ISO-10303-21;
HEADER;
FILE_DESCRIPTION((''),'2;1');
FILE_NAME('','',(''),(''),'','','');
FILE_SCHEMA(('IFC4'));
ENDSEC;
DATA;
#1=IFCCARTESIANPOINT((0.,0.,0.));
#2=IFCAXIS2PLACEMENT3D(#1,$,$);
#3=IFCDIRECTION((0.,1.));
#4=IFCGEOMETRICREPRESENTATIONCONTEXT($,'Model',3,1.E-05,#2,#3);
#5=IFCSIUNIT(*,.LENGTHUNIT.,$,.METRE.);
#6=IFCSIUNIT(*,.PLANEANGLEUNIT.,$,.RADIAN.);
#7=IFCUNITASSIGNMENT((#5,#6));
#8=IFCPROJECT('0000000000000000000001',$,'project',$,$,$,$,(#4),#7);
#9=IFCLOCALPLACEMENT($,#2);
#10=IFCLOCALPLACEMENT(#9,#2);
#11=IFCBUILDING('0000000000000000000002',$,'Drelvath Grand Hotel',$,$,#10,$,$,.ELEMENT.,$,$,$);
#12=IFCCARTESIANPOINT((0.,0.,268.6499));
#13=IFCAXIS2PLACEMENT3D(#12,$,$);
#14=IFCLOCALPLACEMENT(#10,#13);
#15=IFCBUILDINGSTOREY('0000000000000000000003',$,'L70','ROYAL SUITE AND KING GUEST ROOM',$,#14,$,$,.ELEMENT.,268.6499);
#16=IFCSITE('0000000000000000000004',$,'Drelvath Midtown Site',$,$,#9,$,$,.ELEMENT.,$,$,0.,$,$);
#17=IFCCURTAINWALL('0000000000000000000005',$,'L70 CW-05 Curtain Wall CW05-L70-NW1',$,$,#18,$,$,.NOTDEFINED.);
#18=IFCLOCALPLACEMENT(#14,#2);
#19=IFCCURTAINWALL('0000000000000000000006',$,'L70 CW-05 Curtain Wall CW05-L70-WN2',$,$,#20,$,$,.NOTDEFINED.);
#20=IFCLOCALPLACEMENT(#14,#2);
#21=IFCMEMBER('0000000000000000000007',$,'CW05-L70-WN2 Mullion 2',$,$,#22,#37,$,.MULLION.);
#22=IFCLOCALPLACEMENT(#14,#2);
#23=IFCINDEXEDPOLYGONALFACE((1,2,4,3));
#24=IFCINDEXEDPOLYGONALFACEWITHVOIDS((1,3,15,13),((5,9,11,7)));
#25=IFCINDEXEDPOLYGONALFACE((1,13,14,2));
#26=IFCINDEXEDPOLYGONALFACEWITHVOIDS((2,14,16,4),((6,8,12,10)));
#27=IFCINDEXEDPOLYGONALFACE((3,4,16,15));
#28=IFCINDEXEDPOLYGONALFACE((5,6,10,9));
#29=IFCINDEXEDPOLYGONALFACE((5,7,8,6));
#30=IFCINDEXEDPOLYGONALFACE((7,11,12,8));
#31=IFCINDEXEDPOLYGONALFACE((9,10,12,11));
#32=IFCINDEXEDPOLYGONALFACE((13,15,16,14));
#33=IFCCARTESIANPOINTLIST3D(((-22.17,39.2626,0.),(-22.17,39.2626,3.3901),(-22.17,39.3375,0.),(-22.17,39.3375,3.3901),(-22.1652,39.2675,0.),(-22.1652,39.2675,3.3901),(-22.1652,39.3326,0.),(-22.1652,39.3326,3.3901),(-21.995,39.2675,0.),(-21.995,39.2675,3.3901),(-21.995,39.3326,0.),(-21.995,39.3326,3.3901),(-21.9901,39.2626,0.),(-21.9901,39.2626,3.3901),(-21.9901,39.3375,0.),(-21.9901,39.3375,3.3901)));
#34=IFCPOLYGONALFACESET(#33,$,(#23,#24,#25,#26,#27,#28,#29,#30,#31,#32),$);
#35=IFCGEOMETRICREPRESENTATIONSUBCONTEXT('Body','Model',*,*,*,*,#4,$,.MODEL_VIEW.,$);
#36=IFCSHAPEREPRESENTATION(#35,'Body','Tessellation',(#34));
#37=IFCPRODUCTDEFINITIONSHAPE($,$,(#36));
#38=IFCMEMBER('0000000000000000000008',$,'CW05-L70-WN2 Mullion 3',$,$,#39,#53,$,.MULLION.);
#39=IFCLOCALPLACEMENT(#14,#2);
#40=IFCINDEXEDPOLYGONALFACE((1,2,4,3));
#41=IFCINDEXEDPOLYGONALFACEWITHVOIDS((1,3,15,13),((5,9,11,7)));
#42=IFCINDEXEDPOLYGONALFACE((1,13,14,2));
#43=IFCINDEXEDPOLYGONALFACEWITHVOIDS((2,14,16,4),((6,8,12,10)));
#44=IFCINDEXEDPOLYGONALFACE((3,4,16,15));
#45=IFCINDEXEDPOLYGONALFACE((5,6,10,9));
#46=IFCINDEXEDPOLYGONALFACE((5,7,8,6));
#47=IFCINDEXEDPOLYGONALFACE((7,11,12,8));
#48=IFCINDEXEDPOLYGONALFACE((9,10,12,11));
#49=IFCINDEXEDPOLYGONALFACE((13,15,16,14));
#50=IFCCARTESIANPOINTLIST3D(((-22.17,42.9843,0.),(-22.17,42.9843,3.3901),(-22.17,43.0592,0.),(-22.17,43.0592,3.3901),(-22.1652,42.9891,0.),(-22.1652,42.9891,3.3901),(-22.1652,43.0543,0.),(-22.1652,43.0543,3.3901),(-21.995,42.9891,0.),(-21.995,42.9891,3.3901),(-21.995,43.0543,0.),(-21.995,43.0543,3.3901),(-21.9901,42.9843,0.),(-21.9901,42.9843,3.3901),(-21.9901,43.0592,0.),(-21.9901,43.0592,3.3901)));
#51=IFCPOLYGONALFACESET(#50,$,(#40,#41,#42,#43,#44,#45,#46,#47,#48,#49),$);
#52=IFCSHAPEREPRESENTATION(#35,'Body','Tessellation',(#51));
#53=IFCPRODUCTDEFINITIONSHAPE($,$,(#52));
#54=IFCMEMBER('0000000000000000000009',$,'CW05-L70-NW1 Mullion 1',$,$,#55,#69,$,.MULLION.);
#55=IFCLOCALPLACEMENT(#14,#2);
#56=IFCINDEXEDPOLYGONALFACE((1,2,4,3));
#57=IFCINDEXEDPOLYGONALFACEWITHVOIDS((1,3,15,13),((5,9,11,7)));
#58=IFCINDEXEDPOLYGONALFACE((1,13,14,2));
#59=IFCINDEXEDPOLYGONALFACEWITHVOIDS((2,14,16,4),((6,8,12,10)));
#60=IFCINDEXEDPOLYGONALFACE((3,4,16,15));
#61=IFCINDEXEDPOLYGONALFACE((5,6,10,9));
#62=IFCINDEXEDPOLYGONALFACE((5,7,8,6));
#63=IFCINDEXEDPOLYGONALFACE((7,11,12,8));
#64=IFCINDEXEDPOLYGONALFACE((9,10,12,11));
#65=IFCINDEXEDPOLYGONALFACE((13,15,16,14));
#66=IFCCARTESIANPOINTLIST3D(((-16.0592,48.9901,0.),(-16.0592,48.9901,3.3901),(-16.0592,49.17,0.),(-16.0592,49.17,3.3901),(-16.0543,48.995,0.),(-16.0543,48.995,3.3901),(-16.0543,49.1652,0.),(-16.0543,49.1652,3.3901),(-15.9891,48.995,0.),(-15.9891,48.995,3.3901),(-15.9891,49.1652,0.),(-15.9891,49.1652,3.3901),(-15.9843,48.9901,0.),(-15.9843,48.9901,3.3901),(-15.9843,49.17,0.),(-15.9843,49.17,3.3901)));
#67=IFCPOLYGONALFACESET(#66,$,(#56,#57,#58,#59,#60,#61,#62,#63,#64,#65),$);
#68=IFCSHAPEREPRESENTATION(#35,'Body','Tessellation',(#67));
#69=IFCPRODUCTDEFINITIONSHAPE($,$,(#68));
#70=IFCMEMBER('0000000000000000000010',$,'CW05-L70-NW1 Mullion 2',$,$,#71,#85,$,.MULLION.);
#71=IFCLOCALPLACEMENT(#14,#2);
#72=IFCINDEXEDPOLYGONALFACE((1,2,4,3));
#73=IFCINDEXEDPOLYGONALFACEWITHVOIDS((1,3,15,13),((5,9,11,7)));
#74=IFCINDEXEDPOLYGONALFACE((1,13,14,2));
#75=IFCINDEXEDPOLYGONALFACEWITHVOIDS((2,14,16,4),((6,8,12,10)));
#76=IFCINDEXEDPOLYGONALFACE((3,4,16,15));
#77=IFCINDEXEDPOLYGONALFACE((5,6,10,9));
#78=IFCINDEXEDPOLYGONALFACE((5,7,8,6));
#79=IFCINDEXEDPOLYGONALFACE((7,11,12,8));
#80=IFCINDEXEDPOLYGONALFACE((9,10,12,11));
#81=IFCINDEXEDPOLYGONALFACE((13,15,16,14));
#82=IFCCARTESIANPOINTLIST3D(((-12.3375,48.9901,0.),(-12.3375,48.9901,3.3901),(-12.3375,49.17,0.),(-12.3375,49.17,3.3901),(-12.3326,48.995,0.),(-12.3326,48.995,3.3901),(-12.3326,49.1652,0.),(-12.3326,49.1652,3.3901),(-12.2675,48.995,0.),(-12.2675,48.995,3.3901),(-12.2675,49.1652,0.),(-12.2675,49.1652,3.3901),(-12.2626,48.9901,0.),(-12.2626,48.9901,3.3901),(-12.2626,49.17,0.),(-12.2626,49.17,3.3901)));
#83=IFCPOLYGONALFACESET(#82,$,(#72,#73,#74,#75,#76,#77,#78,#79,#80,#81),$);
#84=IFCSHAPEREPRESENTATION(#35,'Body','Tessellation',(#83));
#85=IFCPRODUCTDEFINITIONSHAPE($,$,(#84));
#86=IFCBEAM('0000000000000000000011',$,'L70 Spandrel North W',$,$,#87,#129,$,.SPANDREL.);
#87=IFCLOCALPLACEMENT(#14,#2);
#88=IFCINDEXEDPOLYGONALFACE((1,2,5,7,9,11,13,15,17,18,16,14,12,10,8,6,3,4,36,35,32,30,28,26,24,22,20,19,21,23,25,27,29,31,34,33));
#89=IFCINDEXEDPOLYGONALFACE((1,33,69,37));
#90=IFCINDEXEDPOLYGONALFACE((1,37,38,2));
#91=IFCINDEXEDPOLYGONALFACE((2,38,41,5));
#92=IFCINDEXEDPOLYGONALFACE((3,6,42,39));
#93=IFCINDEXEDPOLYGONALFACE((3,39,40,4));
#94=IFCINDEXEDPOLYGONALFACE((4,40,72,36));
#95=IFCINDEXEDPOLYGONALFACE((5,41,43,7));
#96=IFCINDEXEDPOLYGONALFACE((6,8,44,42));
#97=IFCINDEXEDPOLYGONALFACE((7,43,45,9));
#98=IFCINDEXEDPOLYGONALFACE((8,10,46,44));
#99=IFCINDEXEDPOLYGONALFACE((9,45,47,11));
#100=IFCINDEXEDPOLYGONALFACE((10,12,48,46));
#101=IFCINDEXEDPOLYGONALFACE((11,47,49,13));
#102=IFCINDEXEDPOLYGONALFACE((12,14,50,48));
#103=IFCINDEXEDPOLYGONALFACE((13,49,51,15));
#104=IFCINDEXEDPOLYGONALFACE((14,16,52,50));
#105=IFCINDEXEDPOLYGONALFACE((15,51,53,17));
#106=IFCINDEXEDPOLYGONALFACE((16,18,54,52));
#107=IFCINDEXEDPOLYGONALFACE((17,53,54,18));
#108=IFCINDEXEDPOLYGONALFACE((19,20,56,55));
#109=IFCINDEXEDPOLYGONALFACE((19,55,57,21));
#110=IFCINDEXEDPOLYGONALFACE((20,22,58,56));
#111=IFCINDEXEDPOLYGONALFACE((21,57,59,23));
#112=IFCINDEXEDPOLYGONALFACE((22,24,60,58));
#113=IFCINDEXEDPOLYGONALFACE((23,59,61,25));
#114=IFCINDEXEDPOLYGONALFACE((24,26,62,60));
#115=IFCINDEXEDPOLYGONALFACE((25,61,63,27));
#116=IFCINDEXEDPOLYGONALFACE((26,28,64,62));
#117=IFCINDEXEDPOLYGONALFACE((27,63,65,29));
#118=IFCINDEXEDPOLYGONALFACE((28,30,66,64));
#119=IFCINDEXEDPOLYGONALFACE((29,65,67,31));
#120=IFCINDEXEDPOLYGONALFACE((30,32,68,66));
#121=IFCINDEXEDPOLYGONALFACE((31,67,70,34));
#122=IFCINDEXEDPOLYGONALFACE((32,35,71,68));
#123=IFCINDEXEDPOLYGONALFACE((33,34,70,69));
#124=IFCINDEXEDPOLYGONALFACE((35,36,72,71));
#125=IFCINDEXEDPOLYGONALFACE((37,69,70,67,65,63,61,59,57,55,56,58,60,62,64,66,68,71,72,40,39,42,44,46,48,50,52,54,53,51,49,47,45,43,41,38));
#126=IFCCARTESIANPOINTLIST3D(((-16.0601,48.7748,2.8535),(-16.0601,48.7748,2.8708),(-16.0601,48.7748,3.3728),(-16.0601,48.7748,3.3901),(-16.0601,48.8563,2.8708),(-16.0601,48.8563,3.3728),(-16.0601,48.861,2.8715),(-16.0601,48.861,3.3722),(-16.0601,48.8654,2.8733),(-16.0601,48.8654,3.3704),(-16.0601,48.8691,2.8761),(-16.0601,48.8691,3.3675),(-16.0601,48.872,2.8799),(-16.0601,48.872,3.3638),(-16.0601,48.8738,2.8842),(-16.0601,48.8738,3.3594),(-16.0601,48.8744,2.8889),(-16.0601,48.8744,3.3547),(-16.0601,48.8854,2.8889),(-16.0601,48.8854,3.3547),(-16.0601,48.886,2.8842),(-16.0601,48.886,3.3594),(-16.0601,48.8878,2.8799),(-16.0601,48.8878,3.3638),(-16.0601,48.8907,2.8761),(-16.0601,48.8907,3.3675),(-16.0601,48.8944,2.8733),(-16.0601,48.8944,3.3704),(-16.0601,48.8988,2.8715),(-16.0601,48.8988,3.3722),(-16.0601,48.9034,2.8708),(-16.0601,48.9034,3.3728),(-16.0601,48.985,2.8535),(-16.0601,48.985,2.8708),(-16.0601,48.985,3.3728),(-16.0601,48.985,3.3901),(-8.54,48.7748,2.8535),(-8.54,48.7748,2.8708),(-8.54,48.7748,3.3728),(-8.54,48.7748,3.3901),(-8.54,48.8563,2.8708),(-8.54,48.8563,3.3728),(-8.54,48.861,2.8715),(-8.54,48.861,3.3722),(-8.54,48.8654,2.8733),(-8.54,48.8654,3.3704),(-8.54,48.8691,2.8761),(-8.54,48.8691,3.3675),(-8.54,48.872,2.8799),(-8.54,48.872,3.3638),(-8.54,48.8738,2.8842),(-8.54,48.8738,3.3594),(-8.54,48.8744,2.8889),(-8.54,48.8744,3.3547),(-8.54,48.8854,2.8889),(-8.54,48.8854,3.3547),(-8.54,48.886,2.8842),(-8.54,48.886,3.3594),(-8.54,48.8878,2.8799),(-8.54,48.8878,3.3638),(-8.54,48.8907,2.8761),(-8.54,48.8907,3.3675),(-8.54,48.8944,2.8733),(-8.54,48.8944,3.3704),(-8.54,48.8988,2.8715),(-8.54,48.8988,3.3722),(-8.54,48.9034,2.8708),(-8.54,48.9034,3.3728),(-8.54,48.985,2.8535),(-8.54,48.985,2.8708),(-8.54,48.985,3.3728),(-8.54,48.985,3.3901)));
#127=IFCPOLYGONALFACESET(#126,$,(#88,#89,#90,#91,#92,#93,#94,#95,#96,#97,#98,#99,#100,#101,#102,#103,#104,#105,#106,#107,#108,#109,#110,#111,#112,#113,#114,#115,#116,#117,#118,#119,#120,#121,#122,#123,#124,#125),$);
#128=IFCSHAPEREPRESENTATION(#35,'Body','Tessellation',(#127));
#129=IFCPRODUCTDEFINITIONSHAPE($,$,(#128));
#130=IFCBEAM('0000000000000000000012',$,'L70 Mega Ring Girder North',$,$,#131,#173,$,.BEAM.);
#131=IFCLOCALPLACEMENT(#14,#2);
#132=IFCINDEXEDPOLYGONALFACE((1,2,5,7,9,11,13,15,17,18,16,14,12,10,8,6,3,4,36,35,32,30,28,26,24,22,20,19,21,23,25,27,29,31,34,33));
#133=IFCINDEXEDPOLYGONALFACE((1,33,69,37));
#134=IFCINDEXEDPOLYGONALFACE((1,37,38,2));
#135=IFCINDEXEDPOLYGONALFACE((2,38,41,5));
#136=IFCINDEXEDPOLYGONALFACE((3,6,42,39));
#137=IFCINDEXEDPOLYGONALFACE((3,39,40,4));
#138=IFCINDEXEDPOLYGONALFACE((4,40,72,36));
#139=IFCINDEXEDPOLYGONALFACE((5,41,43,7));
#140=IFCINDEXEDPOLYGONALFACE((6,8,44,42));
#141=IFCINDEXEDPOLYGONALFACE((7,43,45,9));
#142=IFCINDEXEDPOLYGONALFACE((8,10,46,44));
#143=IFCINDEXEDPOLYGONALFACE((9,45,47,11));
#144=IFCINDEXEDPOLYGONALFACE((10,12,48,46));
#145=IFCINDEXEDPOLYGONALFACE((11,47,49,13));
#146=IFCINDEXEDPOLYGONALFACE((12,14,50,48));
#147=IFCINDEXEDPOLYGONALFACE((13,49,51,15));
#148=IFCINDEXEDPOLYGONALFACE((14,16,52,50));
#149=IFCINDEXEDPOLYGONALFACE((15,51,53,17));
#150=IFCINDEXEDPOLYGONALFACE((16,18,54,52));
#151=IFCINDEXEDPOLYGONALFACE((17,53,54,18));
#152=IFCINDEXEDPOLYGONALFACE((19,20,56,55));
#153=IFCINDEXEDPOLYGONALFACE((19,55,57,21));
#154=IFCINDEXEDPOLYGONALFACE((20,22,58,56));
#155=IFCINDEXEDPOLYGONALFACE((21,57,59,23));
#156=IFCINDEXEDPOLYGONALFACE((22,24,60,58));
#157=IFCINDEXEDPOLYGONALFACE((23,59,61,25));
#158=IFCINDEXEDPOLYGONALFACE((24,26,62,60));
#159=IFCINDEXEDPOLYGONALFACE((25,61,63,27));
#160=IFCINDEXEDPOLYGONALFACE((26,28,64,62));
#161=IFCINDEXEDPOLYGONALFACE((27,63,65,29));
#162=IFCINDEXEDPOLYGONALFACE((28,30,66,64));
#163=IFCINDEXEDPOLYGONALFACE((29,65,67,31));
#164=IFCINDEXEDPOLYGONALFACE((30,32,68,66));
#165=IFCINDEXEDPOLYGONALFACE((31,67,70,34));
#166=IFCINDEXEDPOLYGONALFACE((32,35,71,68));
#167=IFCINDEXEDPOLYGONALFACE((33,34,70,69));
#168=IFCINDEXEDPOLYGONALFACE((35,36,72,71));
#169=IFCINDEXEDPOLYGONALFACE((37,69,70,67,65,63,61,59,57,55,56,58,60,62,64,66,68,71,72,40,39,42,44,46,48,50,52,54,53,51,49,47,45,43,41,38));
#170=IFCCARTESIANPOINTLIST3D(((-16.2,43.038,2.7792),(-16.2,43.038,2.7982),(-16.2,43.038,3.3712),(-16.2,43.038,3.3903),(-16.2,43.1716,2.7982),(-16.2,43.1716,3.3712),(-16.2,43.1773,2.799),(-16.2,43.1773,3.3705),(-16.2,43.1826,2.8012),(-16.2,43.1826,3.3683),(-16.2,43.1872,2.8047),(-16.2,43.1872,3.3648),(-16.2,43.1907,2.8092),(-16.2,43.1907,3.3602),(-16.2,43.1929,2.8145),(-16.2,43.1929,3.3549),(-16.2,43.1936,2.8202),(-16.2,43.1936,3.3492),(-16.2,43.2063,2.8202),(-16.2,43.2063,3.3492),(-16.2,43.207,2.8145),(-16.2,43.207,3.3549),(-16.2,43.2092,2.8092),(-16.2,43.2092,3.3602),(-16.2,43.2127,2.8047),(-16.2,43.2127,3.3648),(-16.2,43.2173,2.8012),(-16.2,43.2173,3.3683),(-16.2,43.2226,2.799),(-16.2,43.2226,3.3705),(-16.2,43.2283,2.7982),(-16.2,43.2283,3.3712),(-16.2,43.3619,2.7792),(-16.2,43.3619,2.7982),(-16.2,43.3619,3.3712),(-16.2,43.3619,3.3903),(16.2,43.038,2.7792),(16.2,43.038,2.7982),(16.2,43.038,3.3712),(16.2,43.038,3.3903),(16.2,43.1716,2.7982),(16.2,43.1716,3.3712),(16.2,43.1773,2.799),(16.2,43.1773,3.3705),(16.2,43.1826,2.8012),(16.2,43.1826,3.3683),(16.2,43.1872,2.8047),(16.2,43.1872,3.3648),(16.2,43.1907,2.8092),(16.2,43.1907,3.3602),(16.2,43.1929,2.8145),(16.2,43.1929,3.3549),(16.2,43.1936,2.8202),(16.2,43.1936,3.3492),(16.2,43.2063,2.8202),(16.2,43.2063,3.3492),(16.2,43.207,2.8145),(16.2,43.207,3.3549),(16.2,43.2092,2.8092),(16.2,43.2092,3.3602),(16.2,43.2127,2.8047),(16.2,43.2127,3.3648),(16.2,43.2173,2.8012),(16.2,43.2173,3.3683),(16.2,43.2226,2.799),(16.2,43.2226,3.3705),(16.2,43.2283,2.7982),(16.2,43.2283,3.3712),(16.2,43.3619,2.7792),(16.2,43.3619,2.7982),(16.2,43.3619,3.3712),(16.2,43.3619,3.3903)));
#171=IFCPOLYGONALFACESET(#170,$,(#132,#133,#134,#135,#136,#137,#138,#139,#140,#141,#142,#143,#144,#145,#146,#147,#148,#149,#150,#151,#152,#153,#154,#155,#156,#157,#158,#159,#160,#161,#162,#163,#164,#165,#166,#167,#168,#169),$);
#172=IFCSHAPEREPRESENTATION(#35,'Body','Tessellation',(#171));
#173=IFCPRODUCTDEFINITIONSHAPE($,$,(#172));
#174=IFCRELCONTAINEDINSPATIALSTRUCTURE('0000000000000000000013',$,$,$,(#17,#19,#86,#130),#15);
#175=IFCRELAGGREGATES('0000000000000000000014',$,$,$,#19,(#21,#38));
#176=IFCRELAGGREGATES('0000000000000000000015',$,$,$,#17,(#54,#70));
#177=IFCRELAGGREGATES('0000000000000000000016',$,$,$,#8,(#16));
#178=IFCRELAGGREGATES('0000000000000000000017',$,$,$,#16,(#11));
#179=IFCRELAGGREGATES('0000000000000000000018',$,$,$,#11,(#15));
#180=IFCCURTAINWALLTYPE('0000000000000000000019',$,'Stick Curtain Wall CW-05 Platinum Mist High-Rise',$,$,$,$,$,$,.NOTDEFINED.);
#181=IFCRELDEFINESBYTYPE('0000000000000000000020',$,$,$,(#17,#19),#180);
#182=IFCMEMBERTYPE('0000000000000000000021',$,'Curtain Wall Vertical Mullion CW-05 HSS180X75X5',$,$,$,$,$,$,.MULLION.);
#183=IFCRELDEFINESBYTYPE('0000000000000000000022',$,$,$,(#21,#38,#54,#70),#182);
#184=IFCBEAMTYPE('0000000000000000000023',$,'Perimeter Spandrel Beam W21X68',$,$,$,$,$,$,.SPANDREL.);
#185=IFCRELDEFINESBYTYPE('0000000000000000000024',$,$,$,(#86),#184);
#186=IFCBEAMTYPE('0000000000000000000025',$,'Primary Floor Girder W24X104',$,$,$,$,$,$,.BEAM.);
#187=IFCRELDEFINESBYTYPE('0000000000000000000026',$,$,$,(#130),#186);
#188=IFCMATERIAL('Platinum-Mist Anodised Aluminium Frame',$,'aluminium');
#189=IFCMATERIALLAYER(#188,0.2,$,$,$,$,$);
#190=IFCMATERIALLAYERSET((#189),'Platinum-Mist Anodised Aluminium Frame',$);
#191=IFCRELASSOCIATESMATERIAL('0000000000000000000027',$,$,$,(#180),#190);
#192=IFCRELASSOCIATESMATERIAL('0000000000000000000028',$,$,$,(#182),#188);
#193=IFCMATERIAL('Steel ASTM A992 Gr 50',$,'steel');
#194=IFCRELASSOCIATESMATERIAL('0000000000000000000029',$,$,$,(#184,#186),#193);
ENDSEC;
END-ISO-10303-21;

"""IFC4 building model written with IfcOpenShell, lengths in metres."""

from ifc_helpers import new_model, si_unit, direction, frame, origin, origin_2d, place, context, subcontext, project, spatial, hollow_rectangle, i_section, extrude, material, layer, layer_set, material_profile, profile_set, type_object, element, aggregate, save


model = new_model("IFC4")

# Units and contexts
model_context = context("Model", 3, precision=1e-05, world=origin(), true_north=direction((0.0, 1.0)))
body_context = subcontext(model_context, "Body", "Model", "MODEL_VIEW")
ifc_project = project(units=[si_unit("LENGTHUNIT", "METRE"), si_unit("PLANEANGLEUNIT", "RADIAN")], contexts=[model_context])

# Site, building, storey
site_placement = place(None, origin())
site = spatial("IfcSite", under=ifc_project, at=site_placement, Name="Drelvath Midtown Site", CompositionType="ELEMENT", RefElevation=0.0)
building_placement = place(site_placement, origin())
building = spatial("IfcBuilding", under=site, at=building_placement, Name="Drelvath Grand Hotel", CompositionType="ELEMENT")
storey_placement = place(building_placement, frame((0.0, 0.0, 268.6499)))
storey = spatial("IfcBuildingStorey", under=building, at=storey_placement, Name="L70", Description="ROYAL SUITE AND KING GUEST ROOM", CompositionType="ELEMENT", Elevation=268.6499)

# Shared definitions
ifc_material_1 = material(Name="Steel ASTM A992 Gr 50", Category="steel")

# Curtain wall
ifc_material_2 = material(Name="Platinum-Mist Anodised Aluminium Frame", Category="aluminium")
ifc_layer_1 = layer(ifc_material_2, 0.2)
ifc_layer_set_1 = layer_set([ifc_layer_1], Name="Platinum-Mist Anodised Aluminium Frame")
curtain_wall_type = type_object("IfcCurtainWallType", Name="Stick Curtain Wall CW-05 Platinum Mist High-Rise", PredefinedType="NOTDEFINED", material=ifc_layer_set_1)
curtain_wall_1_placement = place(storey_placement, origin())
curtain_wall_1 = element("IfcCurtainWall", 1, at=curtain_wall_1_placement, inside=storey, type_object=curtain_wall_type, Name="L70 CW-05 Curtain Wall CW05-L70-NW1", PredefinedType="NOTDEFINED")

# Curtain wall, members
curtain_wall_2_placement = place(storey_placement, origin())
curtain_wall_2 = element("IfcCurtainWall", 2, at=curtain_wall_2_placement, inside=storey, type_object=curtain_wall_type, Name="L70 CW-05 Curtain Wall CW05-L70-WN2", PredefinedType="NOTDEFINED")
ifc_material_profile_1 = material_profile(ifc_material_2, hollow_rectangle(XDim=0.075, YDim=0.1799, WallThickness=0.0049, at=origin_2d()), Name="HSS180X75X5")
ifc_profile_set_1 = profile_set([ifc_material_profile_1], Name="Platinum-Mist Anodised Aluminium Frame")
member_type_1 = type_object("IfcMemberType", Name="Curtain Wall Vertical Mullion CW-05 HSS180X75X5", PredefinedType="MULLION", material=ifc_profile_set_1)
member_1_placement = place(storey_placement, frame((-22.0801, 39.3, 0.0), z_axis=(0.0, 0.0, 1.0), x_axis=(0.0, 1.0, 0.0)))
member_1 = element("IfcMember", 3, at=member_1_placement, type_object=member_type_1, Name="CW05-L70-WN2 Mullion 2", PredefinedType="MULLION", context=body_context, shape_type="SweptSolid", body=[
    extrude(hollow_rectangle(XDim=0.075, YDim=0.1799, WallThickness=0.0049, at=origin_2d()), origin(), (0.0, 0.0, 1.0), 3.3901),
])
member_2_placement = place(storey_placement, frame((-22.0801, 43.0217, 0.0), z_axis=(0.0, 0.0, 1.0), x_axis=(0.0, 1.0, 0.0)))
member_2 = element("IfcMember", 4, at=member_2_placement, type_object=member_type_1, Name="CW05-L70-WN2 Mullion 3", PredefinedType="MULLION", context=body_context, shape_type="SweptSolid", body=[
    extrude(hollow_rectangle(XDim=0.075, YDim=0.1799, WallThickness=0.0049, at=origin_2d()), origin(), (0.0, 0.0, 1.0), 3.3901),
])

# Members
member_3_placement = place(storey_placement, frame((-16.0217, 49.0801, 0.0), z_axis=(0.0, 0.0, 1.0), x_axis=(1.0, 0.0, 0.0)))
member_3 = element("IfcMember", 5, at=member_3_placement, type_object=member_type_1, Name="CW05-L70-NW1 Mullion 1", PredefinedType="MULLION", context=body_context, shape_type="SweptSolid", body=[
    extrude(hollow_rectangle(XDim=0.075, YDim=0.1799, WallThickness=0.0049, at=origin_2d()), origin(), (0.0, 0.0, 1.0), 3.3901),
])
member_4_placement = place(storey_placement, frame((-12.3, 49.0801, 0.0), z_axis=(0.0, 0.0, 1.0), x_axis=(1.0, 0.0, 0.0)))
member_4 = element("IfcMember", 6, at=member_4_placement, type_object=member_type_1, Name="CW05-L70-NW1 Mullion 2", PredefinedType="MULLION", context=body_context, shape_type="SweptSolid", body=[
    extrude(hollow_rectangle(XDim=0.075, YDim=0.1799, WallThickness=0.0049, at=origin_2d()), origin(), (0.0, 0.0, 1.0), 3.3901),
])

# Beams
ifc_material_profile_2 = material_profile(ifc_material_1, i_section(OverallWidth=0.2102, OverallDepth=0.5366, WebThickness=0.011, FlangeThickness=0.0173, FilletRadius=0.0181, at=origin_2d()), Name="W21X68")
ifc_profile_set_2 = profile_set([ifc_material_profile_2], Name="Steel ASTM A992 Gr 50")
beam_type_1 = type_object("IfcBeamType", Name="Perimeter Spandrel Beam W21X68", PredefinedType="SPANDREL", material=ifc_profile_set_2)
beam_1_placement = place(storey_placement, frame((-16.0601, 48.8799, 3.1218), z_axis=(1.0, 0.0, 0.0), x_axis=(0.0, 1.0, 0.0)))
element("IfcBeam", 7, at=beam_1_placement, inside=storey, type_object=beam_type_1, Name="L70 Spandrel North W", PredefinedType="SPANDREL", context=body_context, shape_type="SweptSolid", body=[
    extrude(i_section(OverallWidth=0.2102, OverallDepth=0.5366, WebThickness=0.011, FlangeThickness=0.0173, FilletRadius=0.0181, at=origin_2d()), origin(), (0.0, 0.0, 1.0), 7.52),
])
ifc_material_profile_3 = material_profile(ifc_material_1, i_section(OverallWidth=0.324, OverallDepth=0.6111, WebThickness=0.0127, FlangeThickness=0.019, FilletRadius=0.022, at=origin_2d()), Name="W24X104")
ifc_profile_set_3 = profile_set([ifc_material_profile_3], Name="Steel ASTM A992 Gr 50")
beam_type_2 = type_object("IfcBeamType", Name="Primary Floor Girder W24X104", PredefinedType="BEAM", material=ifc_profile_set_3)
beam_2_placement = place(storey_placement, frame((-16.2, 43.2, 3.0847), z_axis=(1.0, 0.0, 0.0), x_axis=(0.0, 1.0, 0.0)))
element("IfcBeam", 8, at=beam_2_placement, inside=storey, type_object=beam_type_2, Name="L70 Mega Ring Girder North", PredefinedType="BEAM", context=body_context, shape_type="SweptSolid", body=[
    extrude(i_section(OverallWidth=0.324, OverallDepth=0.6111, WebThickness=0.0127, FlangeThickness=0.019, FilletRadius=0.022, at=origin_2d()), origin(), (0.0, 0.0, 1.0), 32.3999),
])

aggregate(curtain_wall_2, [member_1, member_2])
aggregate(curtain_wall_1, [member_3, member_4])

save(model, "model.ifc")
